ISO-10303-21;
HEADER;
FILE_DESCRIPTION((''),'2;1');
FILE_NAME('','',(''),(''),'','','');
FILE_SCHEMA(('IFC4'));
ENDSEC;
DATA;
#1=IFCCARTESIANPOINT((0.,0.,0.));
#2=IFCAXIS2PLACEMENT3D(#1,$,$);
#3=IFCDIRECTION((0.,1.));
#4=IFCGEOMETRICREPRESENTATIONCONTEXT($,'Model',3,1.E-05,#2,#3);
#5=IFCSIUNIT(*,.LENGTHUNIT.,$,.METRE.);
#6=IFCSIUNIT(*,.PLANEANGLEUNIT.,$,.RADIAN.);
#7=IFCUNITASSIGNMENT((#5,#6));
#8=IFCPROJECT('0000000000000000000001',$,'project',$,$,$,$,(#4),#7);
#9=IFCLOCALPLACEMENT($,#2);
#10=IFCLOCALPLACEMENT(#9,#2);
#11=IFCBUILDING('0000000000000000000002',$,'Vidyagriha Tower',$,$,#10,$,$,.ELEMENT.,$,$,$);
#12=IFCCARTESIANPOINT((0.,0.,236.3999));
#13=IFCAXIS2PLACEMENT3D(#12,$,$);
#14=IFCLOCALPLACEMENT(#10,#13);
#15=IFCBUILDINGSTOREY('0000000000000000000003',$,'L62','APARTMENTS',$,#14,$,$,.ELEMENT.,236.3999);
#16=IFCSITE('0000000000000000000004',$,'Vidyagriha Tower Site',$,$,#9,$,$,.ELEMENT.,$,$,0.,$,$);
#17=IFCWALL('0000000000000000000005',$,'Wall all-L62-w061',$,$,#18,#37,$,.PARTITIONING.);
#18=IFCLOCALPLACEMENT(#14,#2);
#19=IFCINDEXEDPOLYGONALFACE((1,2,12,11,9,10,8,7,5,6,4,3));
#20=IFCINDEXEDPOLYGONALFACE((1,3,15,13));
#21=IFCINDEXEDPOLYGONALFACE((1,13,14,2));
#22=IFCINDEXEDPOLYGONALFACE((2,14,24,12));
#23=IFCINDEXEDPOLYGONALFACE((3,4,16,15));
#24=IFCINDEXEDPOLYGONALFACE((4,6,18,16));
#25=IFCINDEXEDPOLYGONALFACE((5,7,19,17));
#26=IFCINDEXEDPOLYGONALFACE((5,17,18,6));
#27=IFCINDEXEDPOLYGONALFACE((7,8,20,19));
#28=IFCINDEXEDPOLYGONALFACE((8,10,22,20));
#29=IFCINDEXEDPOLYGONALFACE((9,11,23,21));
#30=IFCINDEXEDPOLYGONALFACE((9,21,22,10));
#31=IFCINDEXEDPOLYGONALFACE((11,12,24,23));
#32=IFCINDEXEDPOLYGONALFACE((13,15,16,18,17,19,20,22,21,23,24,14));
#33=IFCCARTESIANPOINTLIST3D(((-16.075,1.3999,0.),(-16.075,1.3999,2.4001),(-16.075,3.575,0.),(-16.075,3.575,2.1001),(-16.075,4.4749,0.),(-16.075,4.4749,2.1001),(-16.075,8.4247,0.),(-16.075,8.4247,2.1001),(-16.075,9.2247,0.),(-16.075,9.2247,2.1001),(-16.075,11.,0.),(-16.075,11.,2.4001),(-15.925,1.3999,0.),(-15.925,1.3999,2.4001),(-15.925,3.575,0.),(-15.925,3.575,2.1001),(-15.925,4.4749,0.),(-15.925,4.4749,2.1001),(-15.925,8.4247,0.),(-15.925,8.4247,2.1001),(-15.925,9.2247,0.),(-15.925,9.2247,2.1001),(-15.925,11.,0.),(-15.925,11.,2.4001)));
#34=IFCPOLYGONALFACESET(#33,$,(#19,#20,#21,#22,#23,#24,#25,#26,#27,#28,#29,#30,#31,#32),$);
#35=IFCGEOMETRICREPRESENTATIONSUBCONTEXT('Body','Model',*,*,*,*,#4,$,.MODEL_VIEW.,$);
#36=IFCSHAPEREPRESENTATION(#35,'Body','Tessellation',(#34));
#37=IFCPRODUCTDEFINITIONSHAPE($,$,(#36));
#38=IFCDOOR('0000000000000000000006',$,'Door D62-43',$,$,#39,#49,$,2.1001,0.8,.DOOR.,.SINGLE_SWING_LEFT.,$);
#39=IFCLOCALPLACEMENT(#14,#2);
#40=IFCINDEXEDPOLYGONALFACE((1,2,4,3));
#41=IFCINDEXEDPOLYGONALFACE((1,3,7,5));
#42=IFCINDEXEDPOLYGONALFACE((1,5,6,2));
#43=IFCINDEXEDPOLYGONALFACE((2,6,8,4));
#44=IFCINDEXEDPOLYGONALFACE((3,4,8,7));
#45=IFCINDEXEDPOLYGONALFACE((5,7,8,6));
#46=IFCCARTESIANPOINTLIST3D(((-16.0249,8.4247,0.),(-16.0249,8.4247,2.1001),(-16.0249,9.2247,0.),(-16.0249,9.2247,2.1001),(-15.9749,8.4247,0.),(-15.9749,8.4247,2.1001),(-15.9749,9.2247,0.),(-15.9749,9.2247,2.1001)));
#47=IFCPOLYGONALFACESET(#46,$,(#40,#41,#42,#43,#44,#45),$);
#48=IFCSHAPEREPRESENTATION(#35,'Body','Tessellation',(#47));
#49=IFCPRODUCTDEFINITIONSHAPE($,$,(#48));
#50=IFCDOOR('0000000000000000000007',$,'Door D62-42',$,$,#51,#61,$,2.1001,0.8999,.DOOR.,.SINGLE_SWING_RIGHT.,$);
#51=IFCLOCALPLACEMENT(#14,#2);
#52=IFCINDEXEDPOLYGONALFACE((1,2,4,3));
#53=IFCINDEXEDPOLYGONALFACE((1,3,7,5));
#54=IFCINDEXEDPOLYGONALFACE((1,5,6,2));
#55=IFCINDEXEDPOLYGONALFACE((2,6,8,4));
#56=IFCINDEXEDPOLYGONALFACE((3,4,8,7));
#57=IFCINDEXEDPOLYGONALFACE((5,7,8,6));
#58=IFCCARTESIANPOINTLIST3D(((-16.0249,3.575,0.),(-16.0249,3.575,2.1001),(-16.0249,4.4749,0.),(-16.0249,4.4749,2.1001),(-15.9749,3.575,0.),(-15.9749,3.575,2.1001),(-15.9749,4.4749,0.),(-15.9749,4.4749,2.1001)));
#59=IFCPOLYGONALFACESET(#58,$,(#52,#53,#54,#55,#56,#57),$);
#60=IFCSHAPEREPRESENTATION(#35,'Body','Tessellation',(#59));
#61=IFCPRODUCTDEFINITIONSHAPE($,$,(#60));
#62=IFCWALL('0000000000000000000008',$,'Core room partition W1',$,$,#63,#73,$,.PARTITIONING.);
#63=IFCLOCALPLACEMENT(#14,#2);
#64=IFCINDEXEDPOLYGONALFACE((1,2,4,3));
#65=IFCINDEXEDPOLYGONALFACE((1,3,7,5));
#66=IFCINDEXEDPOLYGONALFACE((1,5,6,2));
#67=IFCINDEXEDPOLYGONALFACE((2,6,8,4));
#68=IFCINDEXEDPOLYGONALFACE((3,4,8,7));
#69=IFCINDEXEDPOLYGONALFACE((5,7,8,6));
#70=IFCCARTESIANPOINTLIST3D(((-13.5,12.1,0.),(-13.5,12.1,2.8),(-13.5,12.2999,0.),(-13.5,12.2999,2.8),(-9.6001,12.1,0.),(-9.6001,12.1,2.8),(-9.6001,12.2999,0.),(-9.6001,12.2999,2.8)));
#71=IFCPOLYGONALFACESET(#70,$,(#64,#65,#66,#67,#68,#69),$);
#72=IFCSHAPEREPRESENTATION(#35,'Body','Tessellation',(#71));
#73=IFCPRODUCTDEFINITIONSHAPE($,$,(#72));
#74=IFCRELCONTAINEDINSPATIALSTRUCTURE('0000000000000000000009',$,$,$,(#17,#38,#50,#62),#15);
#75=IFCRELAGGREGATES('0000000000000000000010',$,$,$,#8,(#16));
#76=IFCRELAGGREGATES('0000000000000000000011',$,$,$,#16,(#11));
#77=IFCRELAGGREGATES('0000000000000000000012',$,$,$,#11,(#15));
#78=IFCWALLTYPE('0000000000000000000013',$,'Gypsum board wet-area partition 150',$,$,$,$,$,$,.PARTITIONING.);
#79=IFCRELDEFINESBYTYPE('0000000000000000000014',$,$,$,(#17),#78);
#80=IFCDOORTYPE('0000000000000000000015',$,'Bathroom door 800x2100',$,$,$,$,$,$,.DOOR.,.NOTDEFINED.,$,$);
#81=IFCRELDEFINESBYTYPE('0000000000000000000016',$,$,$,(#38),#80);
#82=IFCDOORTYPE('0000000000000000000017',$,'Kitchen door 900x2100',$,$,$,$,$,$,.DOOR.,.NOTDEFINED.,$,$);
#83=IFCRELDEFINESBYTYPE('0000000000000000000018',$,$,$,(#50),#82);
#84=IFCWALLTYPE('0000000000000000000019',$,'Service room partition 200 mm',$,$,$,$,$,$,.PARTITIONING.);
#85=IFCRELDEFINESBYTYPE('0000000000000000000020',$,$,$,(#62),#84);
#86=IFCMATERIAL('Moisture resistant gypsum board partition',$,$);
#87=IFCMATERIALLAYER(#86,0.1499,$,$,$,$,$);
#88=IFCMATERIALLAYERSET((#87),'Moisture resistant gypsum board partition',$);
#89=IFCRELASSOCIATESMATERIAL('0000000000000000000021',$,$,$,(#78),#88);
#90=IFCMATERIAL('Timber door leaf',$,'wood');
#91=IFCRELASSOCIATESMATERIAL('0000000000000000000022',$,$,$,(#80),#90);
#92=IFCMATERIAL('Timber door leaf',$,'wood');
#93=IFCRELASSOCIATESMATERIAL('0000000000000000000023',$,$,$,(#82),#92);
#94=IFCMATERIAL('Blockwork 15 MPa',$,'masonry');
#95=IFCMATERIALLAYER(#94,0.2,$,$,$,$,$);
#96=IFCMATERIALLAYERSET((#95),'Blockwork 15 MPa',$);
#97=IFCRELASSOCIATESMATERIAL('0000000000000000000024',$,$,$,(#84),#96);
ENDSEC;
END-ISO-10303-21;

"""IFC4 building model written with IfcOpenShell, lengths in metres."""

from ifc_helpers import new_model, si_unit, direction, frame, frame_2d, origin, place, context, subcontext, project, spatial, rectangle, extrude, material, layer, layer_set, type_object, element, fill, save


model = new_model("IFC4")

# Units and contexts
model_context = context("Model", 3, precision=1e-05, world=origin(), true_north=direction((0.0, 1.0)))
body_context = subcontext(model_context, "Body", "Model", "MODEL_VIEW")
ifc_project = project(units=[si_unit("LENGTHUNIT", "METRE"), si_unit("PLANEANGLEUNIT", "RADIAN")], contexts=[model_context])

# Site, building, storey
site_placement = place(None, origin())
site = spatial("IfcSite", under=ifc_project, at=site_placement, Name="Vidyagriha Tower Site", CompositionType="ELEMENT", RefElevation=0.0)
building_placement = place(site_placement, origin())
building = spatial("IfcBuilding", under=site, at=building_placement, Name="Vidyagriha Tower", CompositionType="ELEMENT")
storey_placement = place(building_placement, frame((0.0, 0.0, 236.3999)))
storey = spatial("IfcBuildingStorey", under=building, at=storey_placement, Name="L62", Description="APARTMENTS", CompositionType="ELEMENT", Elevation=236.3999)

# Wall, openings, doors
ifc_material_1 = material(Name="Moisture resistant gypsum board partition")
ifc_layer_1 = layer(ifc_material_1, 0.1499)
ifc_layer_set_1 = layer_set([ifc_layer_1], Name="Moisture resistant gypsum board partition")
wall_type_1 = type_object("IfcWallType", Name="Gypsum board wet-area partition 150", PredefinedType="PARTITIONING", material=ifc_layer_set_1)
wall_1_placement = place(storey_placement, frame((-16.0, 1.3999, 0.0), z_axis=(0.0, 0.0, 1.0), x_axis=(0.0, 1.0, 0.0)))
wall_1 = element("IfcWall", 1, at=wall_1_placement, inside=storey, type_object=wall_type_1, Name="Wall all-L62-w061", PredefinedType="PARTITIONING", context=body_context, shape_type="SweptSolid", body=[
    extrude(rectangle(XDim=9.6001, YDim=0.1499, at=frame_2d((4.8, 0.0))), origin(), (0.0, 0.0, 1.0), 2.4001),
])
opening_1_placement = place(wall_1_placement, frame((2.175, 0.0, 0.0)))
opening_1 = element("IfcOpeningElement", 2, at=opening_1_placement, cuts=wall_1, PredefinedType="OPENING", context=body_context, shape_type="SweptSolid", body=[
    extrude(rectangle(XDim=0.8999, YDim=2.1001, at=frame_2d((0.45, 1.05))), frame((0.0, 0.085, 0.0), z_axis=(0.0, -1.0, 0.0), x_axis=(1.0, 0.0, 0.0)), (0.0, 0.0, 1.0), 0.1699),
])
opening_2_placement = place(wall_1_placement, frame((7.0249, 0.0, 0.0)))
opening_2 = element("IfcOpeningElement", 3, at=opening_2_placement, cuts=wall_1, PredefinedType="OPENING", context=body_context, shape_type="SweptSolid", body=[
    extrude(rectangle(XDim=0.8, YDim=2.1001, at=frame_2d((0.3999, 1.05))), frame((0.0, 0.085, 0.0), z_axis=(0.0, -1.0, 0.0), x_axis=(1.0, 0.0, 0.0)), (0.0, 0.0, 1.0), 0.1699),
])
ifc_material_2 = material(Name="Timber door leaf", Category="wood")
door_type_1 = type_object("IfcDoorType", Name="Bathroom door 800x2100", OperationType="NOTDEFINED", PredefinedType="DOOR", material=ifc_material_2)
door_1_placement = place(opening_2_placement, origin())
door_1 = element("IfcDoor", 4, at=door_1_placement, inside=storey, type_object=door_type_1, Name="Door D62-43", OperationType="SINGLE_SWING_LEFT", OverallHeight=2.1001, OverallWidth=0.8, PredefinedType="DOOR", context=body_context, shape_type="SweptSolid", body=[
    extrude(rectangle(XDim=0.8, YDim=2.1001, at=frame_2d((0.3999, 1.05))), frame((0.0, 0.0249, 0.0), z_axis=(0.0, -1.0, 0.0), x_axis=(1.0, 0.0, 0.0)), (0.0, 0.0, 1.0), 0.05),
])
fill(opening_2, door_1)
ifc_material_3 = material(Name="Timber door leaf", Category="wood")
door_type_2 = type_object("IfcDoorType", Name="Kitchen door 900x2100", OperationType="NOTDEFINED", PredefinedType="DOOR", material=ifc_material_3)
door_2_placement = place(opening_1_placement, origin())
door_2 = element("IfcDoor", 5, at=door_2_placement, inside=storey, type_object=door_type_2, Name="Door D62-42", OperationType="SINGLE_SWING_RIGHT", OverallHeight=2.1001, OverallWidth=0.8999, PredefinedType="DOOR", context=body_context, shape_type="SweptSolid", body=[
    extrude(rectangle(XDim=0.8999, YDim=2.1001, at=frame_2d((0.45, 1.05))), frame((0.0, 0.0249, 0.0), z_axis=(0.0, -1.0, 0.0), x_axis=(1.0, 0.0, 0.0)), (0.0, 0.0, 1.0), 0.05),
])
fill(opening_1, door_2)

# Wall
ifc_material_4 = material(Name="Blockwork 15 MPa", Category="masonry")
ifc_layer_2 = layer(ifc_material_4, 0.2)
ifc_layer_set_2 = layer_set([ifc_layer_2], Name="Blockwork 15 MPa")
wall_type_2 = type_object("IfcWallType", Name="Service room partition 200 mm", PredefinedType="PARTITIONING", material=ifc_layer_set_2)
wall_2_placement = place(storey_placement, frame((-13.5, 12.2, 0.0)))
element("IfcWall", 6, at=wall_2_placement, inside=storey, type_object=wall_type_2, Name="Core room partition W1", PredefinedType="PARTITIONING", context=body_context, shape_type="SweptSolid", body=[
    extrude(rectangle(XDim=3.8999, YDim=0.2, at=frame_2d((1.95, 0.0))), origin(), (0.0, 0.0, 1.0), 2.8),
])

save(model, "model.ifc")
